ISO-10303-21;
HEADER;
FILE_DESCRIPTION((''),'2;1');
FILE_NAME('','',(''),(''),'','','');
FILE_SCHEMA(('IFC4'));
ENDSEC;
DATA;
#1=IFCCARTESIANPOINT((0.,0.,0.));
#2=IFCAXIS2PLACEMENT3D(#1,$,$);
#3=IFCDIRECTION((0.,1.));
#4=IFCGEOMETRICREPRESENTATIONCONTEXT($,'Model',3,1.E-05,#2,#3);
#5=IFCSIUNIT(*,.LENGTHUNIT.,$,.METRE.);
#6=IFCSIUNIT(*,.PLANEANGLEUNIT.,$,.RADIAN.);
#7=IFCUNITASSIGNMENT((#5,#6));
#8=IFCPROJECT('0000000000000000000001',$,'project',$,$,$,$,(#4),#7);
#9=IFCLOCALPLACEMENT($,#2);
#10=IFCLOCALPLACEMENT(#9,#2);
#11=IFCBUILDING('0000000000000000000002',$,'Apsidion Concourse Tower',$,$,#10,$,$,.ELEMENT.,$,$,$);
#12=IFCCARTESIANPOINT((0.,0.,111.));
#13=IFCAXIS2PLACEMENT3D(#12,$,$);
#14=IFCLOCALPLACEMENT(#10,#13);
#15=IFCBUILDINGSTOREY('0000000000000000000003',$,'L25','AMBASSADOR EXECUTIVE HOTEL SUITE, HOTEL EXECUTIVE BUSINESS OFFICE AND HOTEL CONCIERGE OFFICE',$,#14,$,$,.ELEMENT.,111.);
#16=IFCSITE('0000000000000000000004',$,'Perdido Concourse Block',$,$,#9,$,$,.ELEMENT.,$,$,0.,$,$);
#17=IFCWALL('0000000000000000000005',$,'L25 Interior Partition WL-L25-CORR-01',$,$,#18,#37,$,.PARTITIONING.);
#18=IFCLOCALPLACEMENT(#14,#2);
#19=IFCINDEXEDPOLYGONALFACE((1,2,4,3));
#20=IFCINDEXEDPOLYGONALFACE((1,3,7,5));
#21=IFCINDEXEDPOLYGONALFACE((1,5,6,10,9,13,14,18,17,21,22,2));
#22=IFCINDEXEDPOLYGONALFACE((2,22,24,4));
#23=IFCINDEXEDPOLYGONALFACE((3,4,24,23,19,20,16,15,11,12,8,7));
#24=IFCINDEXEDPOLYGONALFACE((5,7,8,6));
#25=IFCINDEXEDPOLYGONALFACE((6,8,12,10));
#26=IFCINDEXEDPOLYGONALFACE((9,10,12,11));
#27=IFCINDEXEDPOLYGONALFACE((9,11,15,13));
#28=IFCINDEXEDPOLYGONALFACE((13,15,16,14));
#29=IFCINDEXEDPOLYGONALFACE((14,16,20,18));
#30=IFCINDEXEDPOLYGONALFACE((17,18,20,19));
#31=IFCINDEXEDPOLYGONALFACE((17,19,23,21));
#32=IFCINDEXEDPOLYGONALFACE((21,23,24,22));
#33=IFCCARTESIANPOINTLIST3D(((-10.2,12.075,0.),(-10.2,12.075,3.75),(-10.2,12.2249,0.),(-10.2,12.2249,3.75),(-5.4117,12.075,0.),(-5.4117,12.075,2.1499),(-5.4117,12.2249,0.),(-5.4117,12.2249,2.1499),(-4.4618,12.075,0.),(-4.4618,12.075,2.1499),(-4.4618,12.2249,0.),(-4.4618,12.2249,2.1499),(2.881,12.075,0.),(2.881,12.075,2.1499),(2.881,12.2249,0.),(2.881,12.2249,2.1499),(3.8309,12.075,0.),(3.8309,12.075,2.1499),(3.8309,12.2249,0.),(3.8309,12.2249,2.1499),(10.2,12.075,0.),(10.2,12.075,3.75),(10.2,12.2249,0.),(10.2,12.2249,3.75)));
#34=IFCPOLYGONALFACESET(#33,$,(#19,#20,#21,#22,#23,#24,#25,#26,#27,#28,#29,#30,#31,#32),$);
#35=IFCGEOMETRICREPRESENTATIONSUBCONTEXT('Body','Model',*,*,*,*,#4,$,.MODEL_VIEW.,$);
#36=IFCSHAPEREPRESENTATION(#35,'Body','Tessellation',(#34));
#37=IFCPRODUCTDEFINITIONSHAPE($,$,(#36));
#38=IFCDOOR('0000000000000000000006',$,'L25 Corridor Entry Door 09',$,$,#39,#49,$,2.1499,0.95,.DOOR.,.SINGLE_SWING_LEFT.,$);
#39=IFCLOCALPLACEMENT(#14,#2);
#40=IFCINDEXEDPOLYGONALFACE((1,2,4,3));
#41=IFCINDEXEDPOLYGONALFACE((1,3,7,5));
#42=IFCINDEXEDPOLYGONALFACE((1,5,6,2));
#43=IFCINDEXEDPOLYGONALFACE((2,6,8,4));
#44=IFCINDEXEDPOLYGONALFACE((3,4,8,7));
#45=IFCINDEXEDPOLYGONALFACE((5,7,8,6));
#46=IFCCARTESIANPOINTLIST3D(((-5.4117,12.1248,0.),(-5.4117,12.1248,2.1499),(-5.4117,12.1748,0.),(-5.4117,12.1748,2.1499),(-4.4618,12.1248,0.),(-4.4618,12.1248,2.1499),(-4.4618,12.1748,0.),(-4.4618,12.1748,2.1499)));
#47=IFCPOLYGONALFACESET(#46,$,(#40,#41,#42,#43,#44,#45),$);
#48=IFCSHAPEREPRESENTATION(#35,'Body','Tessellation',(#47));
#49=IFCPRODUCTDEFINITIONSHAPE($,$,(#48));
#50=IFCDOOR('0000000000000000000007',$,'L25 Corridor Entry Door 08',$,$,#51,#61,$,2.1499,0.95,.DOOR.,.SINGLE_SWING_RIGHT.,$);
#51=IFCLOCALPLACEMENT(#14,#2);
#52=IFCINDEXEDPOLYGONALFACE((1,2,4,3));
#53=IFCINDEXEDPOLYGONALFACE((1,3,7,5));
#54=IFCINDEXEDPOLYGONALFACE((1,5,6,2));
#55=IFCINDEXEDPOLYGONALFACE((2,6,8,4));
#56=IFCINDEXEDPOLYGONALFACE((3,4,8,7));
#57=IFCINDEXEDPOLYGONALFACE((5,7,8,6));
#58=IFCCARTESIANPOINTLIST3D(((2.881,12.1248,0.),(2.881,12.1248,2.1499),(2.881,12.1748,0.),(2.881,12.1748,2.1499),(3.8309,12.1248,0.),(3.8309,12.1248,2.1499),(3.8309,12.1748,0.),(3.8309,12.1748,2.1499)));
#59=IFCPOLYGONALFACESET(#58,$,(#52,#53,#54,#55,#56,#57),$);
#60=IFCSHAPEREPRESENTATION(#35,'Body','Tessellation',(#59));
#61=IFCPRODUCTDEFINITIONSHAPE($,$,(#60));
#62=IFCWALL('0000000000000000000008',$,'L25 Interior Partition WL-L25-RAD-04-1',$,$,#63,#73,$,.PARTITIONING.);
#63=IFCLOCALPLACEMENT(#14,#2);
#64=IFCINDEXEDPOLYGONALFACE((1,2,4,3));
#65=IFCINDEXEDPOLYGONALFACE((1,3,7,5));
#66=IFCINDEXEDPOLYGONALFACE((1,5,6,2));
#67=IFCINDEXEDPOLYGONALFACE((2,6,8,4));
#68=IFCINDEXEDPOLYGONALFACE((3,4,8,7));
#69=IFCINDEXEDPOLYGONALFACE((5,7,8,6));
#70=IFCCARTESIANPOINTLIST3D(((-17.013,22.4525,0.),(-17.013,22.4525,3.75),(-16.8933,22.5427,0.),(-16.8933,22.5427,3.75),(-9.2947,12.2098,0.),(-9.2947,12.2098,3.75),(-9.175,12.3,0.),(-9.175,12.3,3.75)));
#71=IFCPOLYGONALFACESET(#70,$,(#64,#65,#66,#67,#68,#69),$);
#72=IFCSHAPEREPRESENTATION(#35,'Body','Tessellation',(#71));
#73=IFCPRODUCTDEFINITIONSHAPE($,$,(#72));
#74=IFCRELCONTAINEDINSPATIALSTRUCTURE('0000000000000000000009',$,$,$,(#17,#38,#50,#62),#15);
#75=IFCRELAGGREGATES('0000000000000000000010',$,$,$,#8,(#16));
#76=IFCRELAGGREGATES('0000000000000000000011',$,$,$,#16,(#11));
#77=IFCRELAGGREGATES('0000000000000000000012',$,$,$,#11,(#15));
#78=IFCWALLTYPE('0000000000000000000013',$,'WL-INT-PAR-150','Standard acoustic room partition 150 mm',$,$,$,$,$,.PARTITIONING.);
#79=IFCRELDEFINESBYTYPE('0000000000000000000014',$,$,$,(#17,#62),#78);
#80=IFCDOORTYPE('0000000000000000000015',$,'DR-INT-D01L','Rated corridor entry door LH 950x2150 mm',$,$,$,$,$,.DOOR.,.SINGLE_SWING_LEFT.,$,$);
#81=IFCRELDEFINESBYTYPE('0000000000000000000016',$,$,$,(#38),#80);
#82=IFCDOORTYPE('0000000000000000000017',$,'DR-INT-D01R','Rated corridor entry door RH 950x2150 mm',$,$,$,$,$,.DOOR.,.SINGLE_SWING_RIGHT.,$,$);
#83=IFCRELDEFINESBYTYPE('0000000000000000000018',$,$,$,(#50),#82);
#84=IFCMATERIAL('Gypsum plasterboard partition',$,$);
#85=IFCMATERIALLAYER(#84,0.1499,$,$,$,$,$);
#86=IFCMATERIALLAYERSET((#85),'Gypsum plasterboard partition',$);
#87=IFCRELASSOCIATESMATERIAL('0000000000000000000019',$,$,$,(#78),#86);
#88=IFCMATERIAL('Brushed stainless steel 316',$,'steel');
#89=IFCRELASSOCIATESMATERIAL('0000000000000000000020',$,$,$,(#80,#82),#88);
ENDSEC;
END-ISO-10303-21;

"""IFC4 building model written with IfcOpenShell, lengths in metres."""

from ifc_helpers import new_model, si_unit, direction, frame, frame_2d, origin, place, context, subcontext, project, spatial, rectangle, extrude, material, layer, layer_set, type_object, element, fill, save


model = new_model("IFC4")

# Units and contexts
model_context = context("Model", 3, precision=1e-05, world=origin(), true_north=direction((0.0, 1.0)))
body_context = subcontext(model_context, "Body", "Model", "MODEL_VIEW")
ifc_project = project(units=[si_unit("LENGTHUNIT", "METRE"), si_unit("PLANEANGLEUNIT", "RADIAN")], contexts=[model_context])

# Site, building, storey
site_placement = place(None, origin())
site = spatial("IfcSite", under=ifc_project, at=site_placement, Name="Perdido Concourse Block", CompositionType="ELEMENT", RefElevation=0.0)
building_placement = place(site_placement, origin())
building = spatial("IfcBuilding", under=site, at=building_placement, Name="Apsidion Concourse Tower", CompositionType="ELEMENT")
storey_placement = place(building_placement, frame((0.0, 0.0, 111.0)))
storey = spatial("IfcBuildingStorey", under=building, at=storey_placement, Name="L25", Description="AMBASSADOR EXECUTIVE HOTEL SUITE, HOTEL EXECUTIVE BUSINESS OFFICE AND HOTEL CONCIERGE OFFICE", CompositionType="ELEMENT", Elevation=111.0)

# Shared definitions
ifc_material_1 = material(Name="Gypsum plasterboard partition")

# Wall, openings, doors
ifc_layer_1 = layer(ifc_material_1, 0.1499)
ifc_layer_set_1 = layer_set([ifc_layer_1], Name="Gypsum plasterboard partition")
wall_type_1 = type_object("IfcWallType", Name="WL-INT-PAR-150", Description="Standard acoustic room partition 150 mm", PredefinedType="PARTITIONING", material=ifc_layer_set_1)
wall_1_placement = place(storey_placement, frame((-10.2, 12.1499, 0.0), z_axis=(0.0, 0.0, 1.0), x_axis=(1.0, 0.0, 0.0)))
wall_1 = element("IfcWall", 1, at=wall_1_placement, inside=storey, type_object=wall_type_1, Name="L25 Interior Partition WL-L25-CORR-01", PredefinedType="PARTITIONING", context=body_context, shape_type="SweptSolid", body=[
    extrude(rectangle(XDim=20.3999, YDim=0.1499, at=frame_2d((10.2, 0.0))), origin(), (0.0, 0.0, 1.0), 3.75),
])
opening_1_placement = place(wall_1_placement, frame((13.0808, 0.0, 0.0)))
opening_1 = element("IfcOpeningElement", 2, at=opening_1_placement, cuts=wall_1, PredefinedType="OPENING", context=body_context, shape_type="SweptSolid", body=[
    extrude(rectangle(XDim=0.95, YDim=2.1499, at=frame_2d((0.4751, 1.075))), frame((0.0, 0.085, 0.0), z_axis=(0.0, -1.0, 0.0), x_axis=(1.0, 0.0, 0.0)), (0.0, 0.0, 1.0), 0.1699),
])
opening_2_placement = place(wall_1_placement, frame((4.7881, 0.0, 0.0)))
opening_2 = element("IfcOpeningElement", 3, at=opening_2_placement, cuts=wall_1, PredefinedType="OPENING", context=body_context, shape_type="SweptSolid", body=[
    extrude(rectangle(XDim=0.95, YDim=2.1499, at=frame_2d((0.4751, 1.075))), frame((0.0, 0.085, 0.0), z_axis=(0.0, -1.0, 0.0), x_axis=(1.0, 0.0, 0.0)), (0.0, 0.0, 1.0), 0.1699),
])
ifc_material_2 = material(Name="Brushed stainless steel 316", Category="steel")
door_type_1 = type_object("IfcDoorType", Name="DR-INT-D01L", Description="Rated corridor entry door LH 950x2150 mm", OperationType="SINGLE_SWING_LEFT", PredefinedType="DOOR", material=ifc_material_2)
door_1_placement = place(opening_2_placement, origin())
door_1 = element("IfcDoor", 4, at=door_1_placement, inside=storey, type_object=door_type_1, Name="L25 Corridor Entry Door 09", OperationType="SINGLE_SWING_LEFT", OverallHeight=2.1499, OverallWidth=0.95, PredefinedType="DOOR", context=body_context, shape_type="SweptSolid", body=[
    extrude(rectangle(XDim=0.95, YDim=2.1499, at=frame_2d((0.4751, 1.075))), frame((0.0, 0.0249, 0.0), z_axis=(0.0, -1.0, 0.0), x_axis=(1.0, 0.0, 0.0)), (0.0, 0.0, 1.0), 0.05),
])
fill(opening_2, door_1)
door_type_2 = type_object("IfcDoorType", Name="DR-INT-D01R", Description="Rated corridor entry door RH 950x2150 mm", OperationType="SINGLE_SWING_RIGHT", PredefinedType="DOOR", material=ifc_material_2)
door_2_placement = place(opening_1_placement, origin())
door_2 = element("IfcDoor", 5, at=door_2_placement, inside=storey, type_object=door_type_2, Name="L25 Corridor Entry Door 08", OperationType="SINGLE_SWING_RIGHT", OverallHeight=2.1499, OverallWidth=0.95, PredefinedType="DOOR", context=body_context, shape_type="SweptSolid", body=[
    extrude(rectangle(XDim=0.95, YDim=2.1499, at=frame_2d((0.4751, 1.075))), frame((0.0, 0.0249, 0.0), z_axis=(0.0, -1.0, 0.0), x_axis=(1.0, 0.0, 0.0)), (0.0, 0.0, 1.0), 0.05),
])
fill(opening_1, door_2)

# Wall
wall_2_placement = place(storey_placement, frame((-9.2349, 12.2549, 0.0), z_axis=(0.0, 0.0, 1.0), x_axis=(-0.601808, 0.798641, 0.0)))
element("IfcWall", 6, at=wall_2_placement, inside=storey, type_object=wall_type_1, Name="L25 Interior Partition WL-L25-RAD-04-1", PredefinedType="PARTITIONING", context=body_context, shape_type="SweptSolid", body=[
    extrude(rectangle(XDim=12.8252, YDim=0.1499, at=frame_2d((6.4126, 0.0))), origin(), (0.0, 0.0, 1.0), 3.75),
])

save(model, "model.ifc")
